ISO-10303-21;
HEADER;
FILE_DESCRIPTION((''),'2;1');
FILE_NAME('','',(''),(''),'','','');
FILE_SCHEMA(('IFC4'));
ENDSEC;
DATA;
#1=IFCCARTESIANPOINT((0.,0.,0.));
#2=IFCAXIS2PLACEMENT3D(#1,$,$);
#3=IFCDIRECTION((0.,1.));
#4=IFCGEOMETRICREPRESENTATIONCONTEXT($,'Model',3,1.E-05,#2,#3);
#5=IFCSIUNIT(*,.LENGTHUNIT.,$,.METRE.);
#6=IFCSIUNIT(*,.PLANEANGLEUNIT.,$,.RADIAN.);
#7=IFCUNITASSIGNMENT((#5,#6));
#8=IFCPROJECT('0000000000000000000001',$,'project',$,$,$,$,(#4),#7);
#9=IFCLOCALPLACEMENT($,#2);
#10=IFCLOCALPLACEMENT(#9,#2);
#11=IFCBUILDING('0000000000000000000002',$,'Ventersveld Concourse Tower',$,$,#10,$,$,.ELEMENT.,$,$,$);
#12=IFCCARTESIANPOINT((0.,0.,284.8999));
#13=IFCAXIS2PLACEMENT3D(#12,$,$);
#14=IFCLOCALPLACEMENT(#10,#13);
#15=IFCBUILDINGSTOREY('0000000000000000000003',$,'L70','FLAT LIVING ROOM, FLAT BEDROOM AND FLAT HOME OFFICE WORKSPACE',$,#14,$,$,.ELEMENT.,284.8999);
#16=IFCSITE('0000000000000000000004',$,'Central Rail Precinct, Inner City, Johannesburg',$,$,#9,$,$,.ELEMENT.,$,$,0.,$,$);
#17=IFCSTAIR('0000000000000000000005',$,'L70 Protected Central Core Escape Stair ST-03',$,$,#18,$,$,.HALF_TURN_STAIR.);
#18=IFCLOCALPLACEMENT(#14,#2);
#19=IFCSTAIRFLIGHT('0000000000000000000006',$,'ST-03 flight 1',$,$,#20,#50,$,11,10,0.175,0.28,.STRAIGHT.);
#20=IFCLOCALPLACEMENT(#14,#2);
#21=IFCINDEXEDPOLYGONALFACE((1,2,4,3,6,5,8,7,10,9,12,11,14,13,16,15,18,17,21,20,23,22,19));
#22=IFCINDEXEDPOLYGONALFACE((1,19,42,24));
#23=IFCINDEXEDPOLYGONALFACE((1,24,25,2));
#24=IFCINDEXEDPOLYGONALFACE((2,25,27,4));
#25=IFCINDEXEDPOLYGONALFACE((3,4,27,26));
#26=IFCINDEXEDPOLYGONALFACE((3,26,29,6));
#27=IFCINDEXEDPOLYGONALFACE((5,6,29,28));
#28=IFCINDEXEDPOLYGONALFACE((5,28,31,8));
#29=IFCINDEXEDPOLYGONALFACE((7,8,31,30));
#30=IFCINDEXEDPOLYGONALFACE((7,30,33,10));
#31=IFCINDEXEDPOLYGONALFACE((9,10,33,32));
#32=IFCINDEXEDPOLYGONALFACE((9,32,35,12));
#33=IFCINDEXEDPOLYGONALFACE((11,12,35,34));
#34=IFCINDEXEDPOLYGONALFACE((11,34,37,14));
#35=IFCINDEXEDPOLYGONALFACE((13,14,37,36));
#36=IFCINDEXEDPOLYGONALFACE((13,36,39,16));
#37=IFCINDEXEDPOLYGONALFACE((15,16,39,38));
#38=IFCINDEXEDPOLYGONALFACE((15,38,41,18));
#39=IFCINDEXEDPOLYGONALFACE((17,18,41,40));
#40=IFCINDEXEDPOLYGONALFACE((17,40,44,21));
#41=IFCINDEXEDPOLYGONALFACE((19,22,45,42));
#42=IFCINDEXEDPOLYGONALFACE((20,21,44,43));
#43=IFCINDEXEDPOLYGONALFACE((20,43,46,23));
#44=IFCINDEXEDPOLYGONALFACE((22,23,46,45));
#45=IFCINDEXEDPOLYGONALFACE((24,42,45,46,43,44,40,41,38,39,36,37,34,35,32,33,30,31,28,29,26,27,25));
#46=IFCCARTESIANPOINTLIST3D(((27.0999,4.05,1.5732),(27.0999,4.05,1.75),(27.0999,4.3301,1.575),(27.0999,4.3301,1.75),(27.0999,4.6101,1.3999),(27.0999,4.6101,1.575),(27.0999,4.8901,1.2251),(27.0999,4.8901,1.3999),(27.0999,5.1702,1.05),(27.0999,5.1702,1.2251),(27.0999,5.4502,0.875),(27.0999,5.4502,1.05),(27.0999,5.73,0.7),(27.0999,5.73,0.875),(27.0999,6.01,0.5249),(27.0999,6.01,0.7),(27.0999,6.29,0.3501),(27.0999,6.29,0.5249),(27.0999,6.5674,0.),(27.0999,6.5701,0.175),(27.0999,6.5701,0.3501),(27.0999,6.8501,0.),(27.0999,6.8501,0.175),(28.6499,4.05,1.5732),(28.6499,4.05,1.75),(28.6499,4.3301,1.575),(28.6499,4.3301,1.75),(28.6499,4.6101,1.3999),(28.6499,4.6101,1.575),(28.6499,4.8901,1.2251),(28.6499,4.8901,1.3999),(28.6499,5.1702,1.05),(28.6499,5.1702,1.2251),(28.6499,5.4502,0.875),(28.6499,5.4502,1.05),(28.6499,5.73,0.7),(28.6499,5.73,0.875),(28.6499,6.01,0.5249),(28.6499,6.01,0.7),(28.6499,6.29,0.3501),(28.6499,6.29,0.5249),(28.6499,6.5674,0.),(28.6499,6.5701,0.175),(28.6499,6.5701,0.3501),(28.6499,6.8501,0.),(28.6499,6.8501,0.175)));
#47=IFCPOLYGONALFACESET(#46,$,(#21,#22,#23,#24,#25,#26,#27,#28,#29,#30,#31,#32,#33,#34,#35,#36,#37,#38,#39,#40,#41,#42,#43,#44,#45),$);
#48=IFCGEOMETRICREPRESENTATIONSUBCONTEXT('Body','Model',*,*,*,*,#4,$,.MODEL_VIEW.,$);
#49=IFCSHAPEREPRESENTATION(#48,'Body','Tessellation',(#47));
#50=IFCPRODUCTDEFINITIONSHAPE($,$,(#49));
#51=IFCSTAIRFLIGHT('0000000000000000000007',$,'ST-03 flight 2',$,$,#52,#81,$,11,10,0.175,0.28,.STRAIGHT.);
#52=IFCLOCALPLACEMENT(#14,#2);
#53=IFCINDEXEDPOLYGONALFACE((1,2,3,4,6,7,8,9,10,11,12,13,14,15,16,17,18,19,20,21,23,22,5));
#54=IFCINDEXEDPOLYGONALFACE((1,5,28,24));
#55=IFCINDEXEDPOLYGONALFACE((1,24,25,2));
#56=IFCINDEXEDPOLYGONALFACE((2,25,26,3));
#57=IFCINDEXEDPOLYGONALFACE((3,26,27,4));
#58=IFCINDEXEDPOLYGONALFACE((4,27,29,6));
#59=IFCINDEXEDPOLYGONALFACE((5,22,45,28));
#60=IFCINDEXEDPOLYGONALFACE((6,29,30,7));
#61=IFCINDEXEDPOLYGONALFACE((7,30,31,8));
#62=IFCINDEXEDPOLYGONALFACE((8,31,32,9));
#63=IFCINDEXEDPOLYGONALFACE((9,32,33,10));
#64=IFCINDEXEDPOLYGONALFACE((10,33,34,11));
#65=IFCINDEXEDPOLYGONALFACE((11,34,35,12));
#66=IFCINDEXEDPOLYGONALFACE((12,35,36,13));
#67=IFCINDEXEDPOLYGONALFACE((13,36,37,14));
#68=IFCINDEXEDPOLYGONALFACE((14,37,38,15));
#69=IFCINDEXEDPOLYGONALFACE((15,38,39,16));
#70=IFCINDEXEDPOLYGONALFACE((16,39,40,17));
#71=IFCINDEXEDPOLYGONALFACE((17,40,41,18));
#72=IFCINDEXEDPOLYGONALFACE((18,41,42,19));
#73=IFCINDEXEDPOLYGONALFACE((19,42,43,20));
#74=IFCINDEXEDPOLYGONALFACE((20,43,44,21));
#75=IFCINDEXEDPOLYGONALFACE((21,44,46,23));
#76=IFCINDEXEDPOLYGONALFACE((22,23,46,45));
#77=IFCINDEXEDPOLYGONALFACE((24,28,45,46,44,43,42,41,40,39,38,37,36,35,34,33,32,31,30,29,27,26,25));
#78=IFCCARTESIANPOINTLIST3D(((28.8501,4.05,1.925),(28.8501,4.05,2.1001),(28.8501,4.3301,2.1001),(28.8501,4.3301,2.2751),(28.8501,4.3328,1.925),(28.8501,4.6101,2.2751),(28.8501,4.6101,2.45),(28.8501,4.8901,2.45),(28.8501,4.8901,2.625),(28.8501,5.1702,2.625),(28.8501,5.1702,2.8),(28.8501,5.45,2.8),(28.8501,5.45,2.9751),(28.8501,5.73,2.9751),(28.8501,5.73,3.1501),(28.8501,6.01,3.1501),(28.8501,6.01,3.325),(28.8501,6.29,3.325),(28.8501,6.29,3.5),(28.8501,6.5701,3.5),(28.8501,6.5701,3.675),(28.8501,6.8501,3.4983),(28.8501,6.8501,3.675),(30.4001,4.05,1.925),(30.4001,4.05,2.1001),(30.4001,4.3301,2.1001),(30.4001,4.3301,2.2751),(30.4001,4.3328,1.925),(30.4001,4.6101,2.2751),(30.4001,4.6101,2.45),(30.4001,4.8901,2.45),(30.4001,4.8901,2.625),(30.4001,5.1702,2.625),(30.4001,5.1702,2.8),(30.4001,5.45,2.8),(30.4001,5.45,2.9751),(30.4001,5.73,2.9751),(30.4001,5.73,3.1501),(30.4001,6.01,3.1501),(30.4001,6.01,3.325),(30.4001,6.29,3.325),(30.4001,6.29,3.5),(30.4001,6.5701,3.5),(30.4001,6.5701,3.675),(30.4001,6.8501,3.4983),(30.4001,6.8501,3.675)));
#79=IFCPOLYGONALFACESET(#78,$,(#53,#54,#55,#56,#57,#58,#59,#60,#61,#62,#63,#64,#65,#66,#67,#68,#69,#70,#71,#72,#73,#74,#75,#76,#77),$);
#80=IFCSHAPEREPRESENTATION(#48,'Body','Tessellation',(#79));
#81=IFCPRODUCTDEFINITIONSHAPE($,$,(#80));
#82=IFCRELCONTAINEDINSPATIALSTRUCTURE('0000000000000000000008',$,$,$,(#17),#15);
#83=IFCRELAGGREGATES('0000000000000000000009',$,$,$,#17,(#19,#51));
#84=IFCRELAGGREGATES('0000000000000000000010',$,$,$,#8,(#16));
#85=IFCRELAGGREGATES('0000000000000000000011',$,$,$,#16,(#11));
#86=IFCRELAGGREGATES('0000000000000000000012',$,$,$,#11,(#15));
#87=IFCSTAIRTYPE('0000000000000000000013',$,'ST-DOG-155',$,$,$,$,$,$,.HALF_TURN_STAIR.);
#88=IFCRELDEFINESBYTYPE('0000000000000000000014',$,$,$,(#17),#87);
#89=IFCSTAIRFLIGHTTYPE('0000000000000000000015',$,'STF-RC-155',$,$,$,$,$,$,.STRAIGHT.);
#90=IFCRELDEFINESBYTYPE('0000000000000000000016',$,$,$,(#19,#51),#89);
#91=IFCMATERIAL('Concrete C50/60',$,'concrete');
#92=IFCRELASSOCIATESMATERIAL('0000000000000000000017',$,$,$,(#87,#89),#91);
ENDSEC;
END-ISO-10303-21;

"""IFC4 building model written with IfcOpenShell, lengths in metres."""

from ifc_helpers import new_model, si_unit, direction, frame, origin, place, context, subcontext, project, spatial, polyline, outline, extrude, material, type_object, element, aggregate, save


model = new_model("IFC4")

# Units and contexts
model_context = context("Model", 3, precision=1e-05, world=origin(), true_north=direction((0.0, 1.0)))
body_context = subcontext(model_context, "Body", "Model", "MODEL_VIEW")
ifc_project = project(units=[si_unit("LENGTHUNIT", "METRE"), si_unit("PLANEANGLEUNIT", "RADIAN")], contexts=[model_context])

# Site, building, storey
site_placement = place(None, origin())
site = spatial("IfcSite", under=ifc_project, at=site_placement, Name="Central Rail Precinct, Inner City, Johannesburg", CompositionType="ELEMENT", RefElevation=0.0)
building_placement = place(site_placement, origin())
building = spatial("IfcBuilding", under=site, at=building_placement, Name="Ventersveld Concourse Tower", CompositionType="ELEMENT")
storey_placement = place(building_placement, frame((0.0, 0.0, 284.8999)))
storey = spatial("IfcBuildingStorey", under=building, at=storey_placement, Name="L70", Description="FLAT LIVING ROOM, FLAT BEDROOM AND FLAT HOME OFFICE WORKSPACE", CompositionType="ELEMENT", Elevation=284.8999)

# Shared definitions
ifc_material_1 = material(Name="Concrete C50/60", Category="concrete")

# Stair, stair flights
stair_type = type_object("IfcStairType", Name="ST-DOG-155", PredefinedType="HALF_TURN_STAIR", material=ifc_material_1)
stair_placement = place(storey_placement, origin())
stair = element("IfcStair", 1, at=stair_placement, inside=storey, type_object=stair_type, Name="L70 Protected Central Core Escape Stair ST-03", PredefinedType="HALF_TURN_STAIR")
stair_flight_type = type_object("IfcStairFlightType", Name="STF-RC-155", PredefinedType="STRAIGHT", material=ifc_material_1)
stair_flight_1_placement = place(storey_placement, frame((27.875, 6.8501, 0.0), z_axis=(0.0, 0.0, 1.0), x_axis=(0.0, -1.0, 0.0)))
stair_flight_1 = element("IfcStairFlight", 2, at=stair_flight_1_placement, type_object=stair_flight_type, Name="ST-03 flight 1", NumberOfRisers=11, NumberOfTreads=10, PredefinedType="STRAIGHT", RiserHeight=0.175, TreadLength=0.28, context=body_context, shape_type="SweptSolid", body=[
    extrude(outline(polyline([(0.0, 0.0), (0.0, 0.175), (0.28, 0.175), (0.28, 0.3501), (0.5601, 0.3501), (0.5601, 0.5249), (0.8401, 0.5249), (0.8401, 0.7), (1.1201, 0.7), (1.1201, 0.875), (1.3999, 0.875), (1.3999, 1.05), (1.6799, 1.05), (1.6799, 1.2251), (1.96, 1.2251), (1.96, 1.3999), (2.24, 1.3999), (2.24, 1.575), (2.52, 1.575), (2.52, 1.75), (2.8, 1.75), (2.8, 1.925), (2.8, 1.5732), (0.2827, 0.0), (0.0, 0.0)])), frame((0.0, 0.7749, 0.0), z_axis=(0.0, -1.0, 0.0), x_axis=(1.0, 0.0, 0.0)), (0.0, 0.0, 1.0), 1.55),
])
stair_flight_2_placement = place(storey_placement, frame((29.625, 4.05, 1.925), z_axis=(0.0, 0.0, 1.0), x_axis=(0.0, 1.0, 0.0)))
stair_flight_2 = element("IfcStairFlight", 3, at=stair_flight_2_placement, type_object=stair_flight_type, Name="ST-03 flight 2", NumberOfRisers=11, NumberOfTreads=10, PredefinedType="STRAIGHT", RiserHeight=0.175, TreadLength=0.28, context=body_context, shape_type="SweptSolid", body=[
    extrude(outline(polyline([(0.0, 0.0), (0.0, 0.175), (0.28, 0.175), (0.28, 0.3501), (0.5601, 0.3501), (0.5601, 0.5249), (0.8401, 0.5249), (0.8401, 0.7), (1.1201, 0.7), (1.1201, 0.875), (1.3999, 0.875), (1.3999, 1.05), (1.6799, 1.05), (1.6799, 1.2251), (1.96, 1.2251), (1.96, 1.3999), (2.24, 1.3999), (2.24, 1.575), (2.52, 1.575), (2.52, 1.75), (2.8, 1.75), (2.8, 1.925), (2.8, 1.5732), (0.2827, 0.0), (0.0, 0.0)])), frame((0.0, 0.7749, 0.0), z_axis=(0.0, -1.0, 0.0), x_axis=(1.0, 0.0, 0.0)), (0.0, 0.0, 1.0), 1.55),
])
aggregate(stair, [stair_flight_1, stair_flight_2])

save(model, "model.ifc")
